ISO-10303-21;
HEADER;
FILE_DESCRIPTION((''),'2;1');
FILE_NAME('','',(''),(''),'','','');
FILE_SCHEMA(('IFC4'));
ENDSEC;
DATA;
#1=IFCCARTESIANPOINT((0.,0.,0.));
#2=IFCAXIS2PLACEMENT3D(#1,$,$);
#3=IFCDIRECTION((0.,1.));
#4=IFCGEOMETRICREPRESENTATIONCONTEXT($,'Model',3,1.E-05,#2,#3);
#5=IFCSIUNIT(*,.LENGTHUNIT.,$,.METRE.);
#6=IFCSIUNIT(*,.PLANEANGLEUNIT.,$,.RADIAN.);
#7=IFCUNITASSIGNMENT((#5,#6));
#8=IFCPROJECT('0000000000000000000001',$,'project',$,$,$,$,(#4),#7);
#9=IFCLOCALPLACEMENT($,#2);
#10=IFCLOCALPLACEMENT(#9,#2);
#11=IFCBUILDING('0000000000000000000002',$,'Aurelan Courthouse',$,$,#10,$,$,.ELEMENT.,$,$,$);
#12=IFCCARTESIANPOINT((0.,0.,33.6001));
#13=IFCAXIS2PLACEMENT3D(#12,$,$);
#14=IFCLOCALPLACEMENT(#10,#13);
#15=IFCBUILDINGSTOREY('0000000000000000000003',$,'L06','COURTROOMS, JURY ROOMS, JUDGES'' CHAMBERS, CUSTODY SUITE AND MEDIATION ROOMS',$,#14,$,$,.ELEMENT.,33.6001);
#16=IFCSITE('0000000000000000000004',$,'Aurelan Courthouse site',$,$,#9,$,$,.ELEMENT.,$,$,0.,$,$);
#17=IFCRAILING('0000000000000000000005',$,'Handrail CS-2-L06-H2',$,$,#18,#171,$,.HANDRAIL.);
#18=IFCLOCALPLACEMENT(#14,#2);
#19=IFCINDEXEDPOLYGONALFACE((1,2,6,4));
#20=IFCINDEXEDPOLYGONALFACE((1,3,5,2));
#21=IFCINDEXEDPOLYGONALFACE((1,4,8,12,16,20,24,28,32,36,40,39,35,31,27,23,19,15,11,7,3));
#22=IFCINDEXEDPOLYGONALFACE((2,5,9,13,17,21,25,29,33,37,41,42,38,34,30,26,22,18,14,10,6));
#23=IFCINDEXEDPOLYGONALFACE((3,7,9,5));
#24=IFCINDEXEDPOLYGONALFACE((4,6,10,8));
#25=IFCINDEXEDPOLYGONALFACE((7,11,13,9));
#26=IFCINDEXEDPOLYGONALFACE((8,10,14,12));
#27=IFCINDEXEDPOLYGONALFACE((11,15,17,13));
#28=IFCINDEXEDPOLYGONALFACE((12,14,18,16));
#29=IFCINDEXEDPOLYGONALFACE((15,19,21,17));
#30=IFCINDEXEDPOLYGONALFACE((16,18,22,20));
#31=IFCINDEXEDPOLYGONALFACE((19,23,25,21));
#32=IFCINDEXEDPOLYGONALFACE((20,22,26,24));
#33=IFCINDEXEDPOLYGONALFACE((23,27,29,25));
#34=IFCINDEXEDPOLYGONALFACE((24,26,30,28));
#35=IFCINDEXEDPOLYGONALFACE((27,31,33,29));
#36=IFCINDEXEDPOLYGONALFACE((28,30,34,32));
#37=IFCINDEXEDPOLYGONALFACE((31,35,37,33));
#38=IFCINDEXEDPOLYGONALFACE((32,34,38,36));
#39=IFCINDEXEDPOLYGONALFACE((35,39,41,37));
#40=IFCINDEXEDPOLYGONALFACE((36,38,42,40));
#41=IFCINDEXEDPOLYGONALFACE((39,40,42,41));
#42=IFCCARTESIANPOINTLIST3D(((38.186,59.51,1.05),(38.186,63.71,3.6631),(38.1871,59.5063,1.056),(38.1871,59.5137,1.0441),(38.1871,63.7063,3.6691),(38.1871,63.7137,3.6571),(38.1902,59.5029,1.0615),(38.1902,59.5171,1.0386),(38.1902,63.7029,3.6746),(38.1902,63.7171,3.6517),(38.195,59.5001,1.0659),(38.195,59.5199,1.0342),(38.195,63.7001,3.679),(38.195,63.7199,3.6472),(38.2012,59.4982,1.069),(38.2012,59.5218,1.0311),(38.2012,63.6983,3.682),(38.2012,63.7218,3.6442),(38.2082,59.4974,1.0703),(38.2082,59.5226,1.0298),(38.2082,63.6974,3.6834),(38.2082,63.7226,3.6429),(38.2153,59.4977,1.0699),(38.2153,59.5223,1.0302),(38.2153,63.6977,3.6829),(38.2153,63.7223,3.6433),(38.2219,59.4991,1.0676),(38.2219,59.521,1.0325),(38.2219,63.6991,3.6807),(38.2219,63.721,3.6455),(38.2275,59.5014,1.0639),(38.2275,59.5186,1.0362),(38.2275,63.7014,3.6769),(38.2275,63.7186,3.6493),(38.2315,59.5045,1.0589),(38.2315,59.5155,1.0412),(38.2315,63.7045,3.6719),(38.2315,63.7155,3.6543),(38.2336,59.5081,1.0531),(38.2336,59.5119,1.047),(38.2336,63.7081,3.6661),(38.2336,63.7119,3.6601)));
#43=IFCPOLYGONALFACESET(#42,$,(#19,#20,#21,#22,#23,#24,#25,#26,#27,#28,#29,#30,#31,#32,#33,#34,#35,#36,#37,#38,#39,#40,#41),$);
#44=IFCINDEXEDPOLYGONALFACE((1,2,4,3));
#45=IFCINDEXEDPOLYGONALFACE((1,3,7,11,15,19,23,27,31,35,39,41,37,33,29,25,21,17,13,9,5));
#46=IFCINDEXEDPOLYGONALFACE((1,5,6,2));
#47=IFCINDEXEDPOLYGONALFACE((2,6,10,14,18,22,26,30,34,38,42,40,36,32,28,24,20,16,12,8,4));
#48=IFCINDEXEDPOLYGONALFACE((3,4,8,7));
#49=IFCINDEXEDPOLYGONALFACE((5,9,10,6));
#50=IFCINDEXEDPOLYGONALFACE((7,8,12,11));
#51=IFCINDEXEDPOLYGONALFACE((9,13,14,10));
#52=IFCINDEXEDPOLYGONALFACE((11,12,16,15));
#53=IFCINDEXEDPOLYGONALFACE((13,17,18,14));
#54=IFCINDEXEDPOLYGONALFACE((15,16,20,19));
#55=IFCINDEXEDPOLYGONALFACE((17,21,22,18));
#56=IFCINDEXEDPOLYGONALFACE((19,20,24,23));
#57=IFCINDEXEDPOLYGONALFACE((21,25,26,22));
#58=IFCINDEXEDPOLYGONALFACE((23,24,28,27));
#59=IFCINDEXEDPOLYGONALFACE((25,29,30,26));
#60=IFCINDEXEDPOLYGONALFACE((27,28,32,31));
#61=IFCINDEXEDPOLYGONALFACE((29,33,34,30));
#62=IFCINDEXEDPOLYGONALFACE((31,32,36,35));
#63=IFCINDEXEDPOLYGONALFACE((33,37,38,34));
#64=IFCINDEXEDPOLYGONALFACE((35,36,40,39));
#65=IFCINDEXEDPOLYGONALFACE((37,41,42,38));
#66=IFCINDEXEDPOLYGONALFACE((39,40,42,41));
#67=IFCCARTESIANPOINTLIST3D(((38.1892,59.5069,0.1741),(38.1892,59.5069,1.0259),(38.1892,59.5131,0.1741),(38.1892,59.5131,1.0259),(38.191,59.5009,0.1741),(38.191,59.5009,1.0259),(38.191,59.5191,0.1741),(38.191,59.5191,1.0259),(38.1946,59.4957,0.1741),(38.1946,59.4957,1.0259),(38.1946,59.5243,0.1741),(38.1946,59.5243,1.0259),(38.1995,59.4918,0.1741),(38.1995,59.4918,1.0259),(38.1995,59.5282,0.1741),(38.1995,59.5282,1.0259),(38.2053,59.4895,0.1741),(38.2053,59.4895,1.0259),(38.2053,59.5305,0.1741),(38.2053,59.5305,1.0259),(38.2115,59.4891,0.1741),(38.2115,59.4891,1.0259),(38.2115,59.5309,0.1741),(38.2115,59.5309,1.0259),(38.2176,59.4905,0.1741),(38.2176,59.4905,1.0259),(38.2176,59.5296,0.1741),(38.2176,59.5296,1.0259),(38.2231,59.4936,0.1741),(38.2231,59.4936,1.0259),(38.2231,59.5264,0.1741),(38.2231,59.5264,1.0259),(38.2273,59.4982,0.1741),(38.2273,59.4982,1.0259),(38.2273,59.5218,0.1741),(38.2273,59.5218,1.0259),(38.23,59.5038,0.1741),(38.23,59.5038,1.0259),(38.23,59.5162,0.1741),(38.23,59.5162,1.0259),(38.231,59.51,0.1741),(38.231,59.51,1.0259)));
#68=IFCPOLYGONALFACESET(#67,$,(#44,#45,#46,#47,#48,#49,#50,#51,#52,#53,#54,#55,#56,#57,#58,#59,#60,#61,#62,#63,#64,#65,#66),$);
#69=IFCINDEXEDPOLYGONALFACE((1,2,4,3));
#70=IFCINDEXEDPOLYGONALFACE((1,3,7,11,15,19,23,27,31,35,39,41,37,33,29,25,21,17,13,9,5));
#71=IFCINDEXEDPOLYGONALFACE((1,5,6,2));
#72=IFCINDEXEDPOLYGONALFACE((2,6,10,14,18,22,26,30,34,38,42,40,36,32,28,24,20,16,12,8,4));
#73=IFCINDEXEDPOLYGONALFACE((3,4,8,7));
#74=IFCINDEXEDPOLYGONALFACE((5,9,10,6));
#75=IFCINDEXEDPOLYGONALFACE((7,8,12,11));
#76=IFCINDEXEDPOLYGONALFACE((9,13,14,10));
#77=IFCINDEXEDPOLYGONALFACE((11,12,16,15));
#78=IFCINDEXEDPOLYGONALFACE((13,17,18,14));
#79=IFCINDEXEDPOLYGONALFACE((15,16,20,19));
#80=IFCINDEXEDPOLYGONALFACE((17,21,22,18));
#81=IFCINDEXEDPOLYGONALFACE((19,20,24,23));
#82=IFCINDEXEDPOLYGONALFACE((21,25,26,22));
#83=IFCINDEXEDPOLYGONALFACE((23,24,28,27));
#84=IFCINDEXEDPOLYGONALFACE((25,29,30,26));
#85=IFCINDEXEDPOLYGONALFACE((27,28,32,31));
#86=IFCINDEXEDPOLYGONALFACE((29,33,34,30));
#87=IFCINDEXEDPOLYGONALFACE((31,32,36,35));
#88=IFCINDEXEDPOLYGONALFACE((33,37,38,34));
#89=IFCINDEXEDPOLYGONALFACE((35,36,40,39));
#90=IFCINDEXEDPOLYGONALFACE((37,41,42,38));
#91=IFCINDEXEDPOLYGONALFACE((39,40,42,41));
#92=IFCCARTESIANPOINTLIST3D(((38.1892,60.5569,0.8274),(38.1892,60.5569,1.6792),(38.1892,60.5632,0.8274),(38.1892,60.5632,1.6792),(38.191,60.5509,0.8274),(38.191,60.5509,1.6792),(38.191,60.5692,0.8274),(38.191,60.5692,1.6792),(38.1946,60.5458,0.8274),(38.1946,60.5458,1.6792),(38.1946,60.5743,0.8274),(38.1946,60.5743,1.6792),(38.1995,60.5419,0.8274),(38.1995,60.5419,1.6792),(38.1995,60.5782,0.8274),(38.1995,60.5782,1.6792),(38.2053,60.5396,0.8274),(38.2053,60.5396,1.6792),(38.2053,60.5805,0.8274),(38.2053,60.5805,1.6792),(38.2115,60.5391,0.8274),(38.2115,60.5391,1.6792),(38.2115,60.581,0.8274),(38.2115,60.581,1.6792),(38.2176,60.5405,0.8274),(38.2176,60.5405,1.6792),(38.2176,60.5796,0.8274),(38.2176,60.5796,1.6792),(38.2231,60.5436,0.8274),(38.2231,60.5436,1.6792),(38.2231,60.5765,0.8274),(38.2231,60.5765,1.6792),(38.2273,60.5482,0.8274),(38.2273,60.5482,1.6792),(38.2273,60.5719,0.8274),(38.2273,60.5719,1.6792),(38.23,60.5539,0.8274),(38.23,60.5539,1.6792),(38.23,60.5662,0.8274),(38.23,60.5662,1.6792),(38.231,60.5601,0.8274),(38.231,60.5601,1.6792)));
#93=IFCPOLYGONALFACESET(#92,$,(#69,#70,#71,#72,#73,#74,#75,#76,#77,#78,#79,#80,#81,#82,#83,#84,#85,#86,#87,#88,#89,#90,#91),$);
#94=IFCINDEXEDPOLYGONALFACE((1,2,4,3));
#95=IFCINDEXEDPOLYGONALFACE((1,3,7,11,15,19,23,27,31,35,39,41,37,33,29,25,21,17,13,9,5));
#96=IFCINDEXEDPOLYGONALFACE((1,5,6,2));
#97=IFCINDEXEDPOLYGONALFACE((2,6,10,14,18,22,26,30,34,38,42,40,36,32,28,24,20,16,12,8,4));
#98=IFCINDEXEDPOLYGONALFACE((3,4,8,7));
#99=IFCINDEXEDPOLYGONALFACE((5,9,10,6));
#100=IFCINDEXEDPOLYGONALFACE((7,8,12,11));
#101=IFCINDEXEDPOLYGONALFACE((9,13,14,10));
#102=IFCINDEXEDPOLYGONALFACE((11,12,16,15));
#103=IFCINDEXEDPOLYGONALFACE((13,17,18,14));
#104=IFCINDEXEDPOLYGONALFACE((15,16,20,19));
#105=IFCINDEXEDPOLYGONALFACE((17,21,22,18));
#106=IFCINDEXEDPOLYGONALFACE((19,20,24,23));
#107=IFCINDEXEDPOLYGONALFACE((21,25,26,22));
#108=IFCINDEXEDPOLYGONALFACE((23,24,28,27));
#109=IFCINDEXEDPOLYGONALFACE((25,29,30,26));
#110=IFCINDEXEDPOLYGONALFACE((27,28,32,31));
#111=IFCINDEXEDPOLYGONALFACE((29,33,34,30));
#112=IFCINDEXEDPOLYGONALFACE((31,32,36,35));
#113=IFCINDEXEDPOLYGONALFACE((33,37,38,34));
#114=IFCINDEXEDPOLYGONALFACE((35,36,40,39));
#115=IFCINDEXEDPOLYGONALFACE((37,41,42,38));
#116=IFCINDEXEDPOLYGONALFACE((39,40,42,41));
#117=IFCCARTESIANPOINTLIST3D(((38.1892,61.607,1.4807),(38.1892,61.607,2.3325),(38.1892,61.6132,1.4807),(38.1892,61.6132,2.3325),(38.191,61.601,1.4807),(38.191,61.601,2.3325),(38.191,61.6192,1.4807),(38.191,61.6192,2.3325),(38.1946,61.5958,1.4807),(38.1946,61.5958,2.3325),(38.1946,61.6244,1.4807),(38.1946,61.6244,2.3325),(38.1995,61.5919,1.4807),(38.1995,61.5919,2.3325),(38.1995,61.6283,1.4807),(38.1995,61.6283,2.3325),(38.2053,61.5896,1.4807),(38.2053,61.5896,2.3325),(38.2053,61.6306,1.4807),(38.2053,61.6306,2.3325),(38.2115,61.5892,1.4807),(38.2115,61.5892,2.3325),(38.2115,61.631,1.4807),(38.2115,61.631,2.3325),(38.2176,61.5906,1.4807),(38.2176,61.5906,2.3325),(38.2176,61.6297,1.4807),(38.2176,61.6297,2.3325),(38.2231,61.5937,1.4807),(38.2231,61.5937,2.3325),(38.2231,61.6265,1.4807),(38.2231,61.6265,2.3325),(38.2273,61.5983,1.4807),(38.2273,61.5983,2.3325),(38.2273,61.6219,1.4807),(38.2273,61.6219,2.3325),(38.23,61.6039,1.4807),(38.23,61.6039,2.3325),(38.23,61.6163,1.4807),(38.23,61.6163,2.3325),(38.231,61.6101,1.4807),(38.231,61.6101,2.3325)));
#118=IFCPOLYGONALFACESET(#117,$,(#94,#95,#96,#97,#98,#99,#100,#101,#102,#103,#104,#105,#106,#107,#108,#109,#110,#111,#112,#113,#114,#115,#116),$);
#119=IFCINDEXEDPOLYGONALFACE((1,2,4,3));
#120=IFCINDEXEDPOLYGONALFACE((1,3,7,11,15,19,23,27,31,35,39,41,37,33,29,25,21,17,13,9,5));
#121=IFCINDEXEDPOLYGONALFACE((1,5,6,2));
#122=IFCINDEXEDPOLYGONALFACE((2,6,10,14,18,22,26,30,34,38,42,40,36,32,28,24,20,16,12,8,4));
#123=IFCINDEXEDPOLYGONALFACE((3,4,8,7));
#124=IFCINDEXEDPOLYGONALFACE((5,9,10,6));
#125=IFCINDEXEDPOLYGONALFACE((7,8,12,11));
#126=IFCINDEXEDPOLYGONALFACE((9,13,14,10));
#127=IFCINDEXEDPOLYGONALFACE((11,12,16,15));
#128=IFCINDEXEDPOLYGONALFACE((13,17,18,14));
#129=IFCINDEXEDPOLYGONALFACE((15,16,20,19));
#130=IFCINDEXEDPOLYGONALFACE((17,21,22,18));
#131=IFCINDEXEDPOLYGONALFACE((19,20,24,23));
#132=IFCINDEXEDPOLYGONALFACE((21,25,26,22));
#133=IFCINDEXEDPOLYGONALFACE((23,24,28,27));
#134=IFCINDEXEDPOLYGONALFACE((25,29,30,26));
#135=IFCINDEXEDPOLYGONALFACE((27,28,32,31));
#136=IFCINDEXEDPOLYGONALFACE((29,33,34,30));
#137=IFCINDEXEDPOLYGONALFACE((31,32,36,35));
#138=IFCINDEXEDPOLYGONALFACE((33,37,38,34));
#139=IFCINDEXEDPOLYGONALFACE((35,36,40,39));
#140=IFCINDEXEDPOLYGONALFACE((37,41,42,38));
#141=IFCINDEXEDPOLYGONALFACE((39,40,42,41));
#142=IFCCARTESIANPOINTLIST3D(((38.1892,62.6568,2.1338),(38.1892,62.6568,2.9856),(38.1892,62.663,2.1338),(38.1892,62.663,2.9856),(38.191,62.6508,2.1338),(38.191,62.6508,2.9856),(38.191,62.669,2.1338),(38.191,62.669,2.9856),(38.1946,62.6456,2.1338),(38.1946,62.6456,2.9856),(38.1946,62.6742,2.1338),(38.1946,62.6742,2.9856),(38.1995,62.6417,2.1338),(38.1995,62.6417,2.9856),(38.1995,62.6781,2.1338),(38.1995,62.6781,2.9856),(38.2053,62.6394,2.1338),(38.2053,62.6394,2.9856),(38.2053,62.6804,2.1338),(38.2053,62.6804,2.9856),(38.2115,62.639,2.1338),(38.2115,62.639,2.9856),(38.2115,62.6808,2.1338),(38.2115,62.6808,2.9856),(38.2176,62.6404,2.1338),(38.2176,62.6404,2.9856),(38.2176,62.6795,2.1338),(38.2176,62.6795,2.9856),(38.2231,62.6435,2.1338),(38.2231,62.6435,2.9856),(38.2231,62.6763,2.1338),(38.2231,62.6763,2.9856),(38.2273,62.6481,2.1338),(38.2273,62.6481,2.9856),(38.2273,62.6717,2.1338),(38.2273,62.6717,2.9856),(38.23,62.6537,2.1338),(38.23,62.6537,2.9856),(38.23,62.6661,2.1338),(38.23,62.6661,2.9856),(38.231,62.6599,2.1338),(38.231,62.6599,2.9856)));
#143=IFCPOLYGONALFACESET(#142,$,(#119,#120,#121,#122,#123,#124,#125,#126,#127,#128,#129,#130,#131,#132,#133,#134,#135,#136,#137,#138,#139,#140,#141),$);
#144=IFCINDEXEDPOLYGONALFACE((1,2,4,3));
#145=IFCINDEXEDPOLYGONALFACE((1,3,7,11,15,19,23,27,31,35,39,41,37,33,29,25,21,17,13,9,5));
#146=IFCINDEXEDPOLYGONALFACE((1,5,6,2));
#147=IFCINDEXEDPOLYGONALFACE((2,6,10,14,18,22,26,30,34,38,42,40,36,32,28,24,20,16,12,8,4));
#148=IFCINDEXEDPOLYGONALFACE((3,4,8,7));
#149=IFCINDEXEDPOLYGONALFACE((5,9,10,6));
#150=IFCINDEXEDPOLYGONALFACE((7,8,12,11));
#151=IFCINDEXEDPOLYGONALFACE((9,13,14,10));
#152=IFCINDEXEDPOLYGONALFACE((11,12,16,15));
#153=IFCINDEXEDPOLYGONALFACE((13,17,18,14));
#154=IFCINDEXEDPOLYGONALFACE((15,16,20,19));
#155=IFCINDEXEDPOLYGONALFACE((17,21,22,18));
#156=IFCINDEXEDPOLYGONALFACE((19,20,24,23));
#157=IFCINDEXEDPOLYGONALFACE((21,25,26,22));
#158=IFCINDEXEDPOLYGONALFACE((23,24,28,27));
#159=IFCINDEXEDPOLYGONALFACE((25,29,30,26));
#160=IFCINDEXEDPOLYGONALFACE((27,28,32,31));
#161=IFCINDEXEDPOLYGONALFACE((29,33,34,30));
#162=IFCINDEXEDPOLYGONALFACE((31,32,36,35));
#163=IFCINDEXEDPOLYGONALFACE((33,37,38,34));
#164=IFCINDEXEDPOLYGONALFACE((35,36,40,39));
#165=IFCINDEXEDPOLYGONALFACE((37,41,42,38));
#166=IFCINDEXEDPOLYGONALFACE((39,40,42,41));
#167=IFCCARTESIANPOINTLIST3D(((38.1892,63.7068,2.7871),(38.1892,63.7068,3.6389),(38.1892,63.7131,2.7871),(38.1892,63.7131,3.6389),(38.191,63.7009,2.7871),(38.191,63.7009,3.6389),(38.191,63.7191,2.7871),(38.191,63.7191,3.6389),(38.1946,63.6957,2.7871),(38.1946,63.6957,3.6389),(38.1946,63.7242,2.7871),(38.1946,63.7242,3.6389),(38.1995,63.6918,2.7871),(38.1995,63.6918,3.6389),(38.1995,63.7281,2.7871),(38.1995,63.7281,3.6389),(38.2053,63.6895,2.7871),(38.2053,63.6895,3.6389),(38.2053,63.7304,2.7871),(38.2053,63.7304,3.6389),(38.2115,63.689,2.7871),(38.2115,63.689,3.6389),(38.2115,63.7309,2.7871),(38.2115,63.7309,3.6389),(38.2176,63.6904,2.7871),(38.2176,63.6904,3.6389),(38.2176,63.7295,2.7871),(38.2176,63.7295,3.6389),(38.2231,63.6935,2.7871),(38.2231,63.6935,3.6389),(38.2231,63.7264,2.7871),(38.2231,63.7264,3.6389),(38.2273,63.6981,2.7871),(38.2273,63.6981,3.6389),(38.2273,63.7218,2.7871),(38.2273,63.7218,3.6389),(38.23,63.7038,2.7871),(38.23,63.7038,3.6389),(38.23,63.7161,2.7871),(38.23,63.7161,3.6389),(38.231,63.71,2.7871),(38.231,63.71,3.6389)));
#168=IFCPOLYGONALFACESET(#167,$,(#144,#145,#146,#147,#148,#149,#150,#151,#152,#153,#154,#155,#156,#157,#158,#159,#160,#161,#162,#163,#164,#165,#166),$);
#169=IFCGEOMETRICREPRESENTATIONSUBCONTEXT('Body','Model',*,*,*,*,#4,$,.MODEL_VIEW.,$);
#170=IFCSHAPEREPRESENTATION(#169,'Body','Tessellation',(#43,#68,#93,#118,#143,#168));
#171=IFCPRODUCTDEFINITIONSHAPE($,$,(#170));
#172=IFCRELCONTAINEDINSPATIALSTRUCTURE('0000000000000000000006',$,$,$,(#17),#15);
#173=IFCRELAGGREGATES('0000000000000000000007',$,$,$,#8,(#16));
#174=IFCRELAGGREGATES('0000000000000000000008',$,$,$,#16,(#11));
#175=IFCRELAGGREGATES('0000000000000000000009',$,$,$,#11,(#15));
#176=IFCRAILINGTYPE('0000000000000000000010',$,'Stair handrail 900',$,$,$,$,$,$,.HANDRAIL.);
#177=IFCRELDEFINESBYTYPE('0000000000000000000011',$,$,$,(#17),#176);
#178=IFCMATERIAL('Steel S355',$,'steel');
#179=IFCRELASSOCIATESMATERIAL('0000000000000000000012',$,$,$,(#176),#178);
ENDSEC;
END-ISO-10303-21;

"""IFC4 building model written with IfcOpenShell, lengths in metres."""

from ifc_helpers import new_model, si_unit, direction, frame, origin, origin_2d, place, context, subcontext, project, spatial, circle, extrude, material, type_object, element, save


model = new_model("IFC4")

# Units and contexts
model_context = context("Model", 3, precision=1e-05, world=origin(), true_north=direction((0.0, 1.0)))
body_context = subcontext(model_context, "Body", "Model", "MODEL_VIEW")
ifc_project = project(units=[si_unit("LENGTHUNIT", "METRE"), si_unit("PLANEANGLEUNIT", "RADIAN")], contexts=[model_context])

# Site, building, storey
site_placement = place(None, origin())
site = spatial("IfcSite", under=ifc_project, at=site_placement, Name="Aurelan Courthouse site", CompositionType="ELEMENT", RefElevation=0.0)
building_placement = place(site_placement, origin())
building = spatial("IfcBuilding", under=site, at=building_placement, Name="Aurelan Courthouse", CompositionType="ELEMENT")
storey_placement = place(building_placement, frame((0.0, 0.0, 33.6001)))
storey = spatial("IfcBuildingStorey", under=building, at=storey_placement, Name="L06", Description="COURTROOMS, JURY ROOMS, JUDGES' CHAMBERS, CUSTODY SUITE AND MEDIATION ROOMS", CompositionType="ELEMENT", Elevation=33.6001)

# Railing
ifc_material_1 = material(Name="Steel S355", Category="steel")
railing_type_1 = type_object("IfcRailingType", Name="Stair handrail 900", PredefinedType="HANDRAIL", material=ifc_material_1)
railing_1_placement = place(storey_placement, frame((38.21, 59.51, 0.1741)))
element("IfcRailing", 1, at=railing_1_placement, inside=storey, type_object=railing_type_1, Name="Handrail CS-2-L06-H2", PredefinedType="HANDRAIL", context=body_context, shape_type="SweptSolid", body=[
    extrude(circle(Radius=0.0239, at=origin_2d()), frame((0.0, 0.0, 0.876), z_axis=(0.0, 0.849081, 0.528263), x_axis=(-1.0, 0.0, 0.0)), (0.0, 0.0, 1.0), 4.9465),
    extrude(circle(Radius=0.021, at=origin_2d()), origin(), (0.0, 0.0, 1.0), 0.8518),
    extrude(circle(Radius=0.021, at=origin_2d()), frame((0.0, 1.05, 0.6533)), (0.0, 0.0, 1.0), 0.8518),
    extrude(circle(Radius=0.021, at=origin_2d()), frame((0.0, 2.1001, 1.3066)), (0.0, 0.0, 1.0), 0.8518),
    extrude(circle(Radius=0.021, at=origin_2d()), frame((0.0, 3.1499, 1.9597)), (0.0, 0.0, 1.0), 0.8518),
    extrude(circle(Radius=0.021, at=origin_2d()), frame((0.0, 4.2, 2.613)), (0.0, 0.0, 1.0), 0.8518),
])

save(model, "model.ifc")
